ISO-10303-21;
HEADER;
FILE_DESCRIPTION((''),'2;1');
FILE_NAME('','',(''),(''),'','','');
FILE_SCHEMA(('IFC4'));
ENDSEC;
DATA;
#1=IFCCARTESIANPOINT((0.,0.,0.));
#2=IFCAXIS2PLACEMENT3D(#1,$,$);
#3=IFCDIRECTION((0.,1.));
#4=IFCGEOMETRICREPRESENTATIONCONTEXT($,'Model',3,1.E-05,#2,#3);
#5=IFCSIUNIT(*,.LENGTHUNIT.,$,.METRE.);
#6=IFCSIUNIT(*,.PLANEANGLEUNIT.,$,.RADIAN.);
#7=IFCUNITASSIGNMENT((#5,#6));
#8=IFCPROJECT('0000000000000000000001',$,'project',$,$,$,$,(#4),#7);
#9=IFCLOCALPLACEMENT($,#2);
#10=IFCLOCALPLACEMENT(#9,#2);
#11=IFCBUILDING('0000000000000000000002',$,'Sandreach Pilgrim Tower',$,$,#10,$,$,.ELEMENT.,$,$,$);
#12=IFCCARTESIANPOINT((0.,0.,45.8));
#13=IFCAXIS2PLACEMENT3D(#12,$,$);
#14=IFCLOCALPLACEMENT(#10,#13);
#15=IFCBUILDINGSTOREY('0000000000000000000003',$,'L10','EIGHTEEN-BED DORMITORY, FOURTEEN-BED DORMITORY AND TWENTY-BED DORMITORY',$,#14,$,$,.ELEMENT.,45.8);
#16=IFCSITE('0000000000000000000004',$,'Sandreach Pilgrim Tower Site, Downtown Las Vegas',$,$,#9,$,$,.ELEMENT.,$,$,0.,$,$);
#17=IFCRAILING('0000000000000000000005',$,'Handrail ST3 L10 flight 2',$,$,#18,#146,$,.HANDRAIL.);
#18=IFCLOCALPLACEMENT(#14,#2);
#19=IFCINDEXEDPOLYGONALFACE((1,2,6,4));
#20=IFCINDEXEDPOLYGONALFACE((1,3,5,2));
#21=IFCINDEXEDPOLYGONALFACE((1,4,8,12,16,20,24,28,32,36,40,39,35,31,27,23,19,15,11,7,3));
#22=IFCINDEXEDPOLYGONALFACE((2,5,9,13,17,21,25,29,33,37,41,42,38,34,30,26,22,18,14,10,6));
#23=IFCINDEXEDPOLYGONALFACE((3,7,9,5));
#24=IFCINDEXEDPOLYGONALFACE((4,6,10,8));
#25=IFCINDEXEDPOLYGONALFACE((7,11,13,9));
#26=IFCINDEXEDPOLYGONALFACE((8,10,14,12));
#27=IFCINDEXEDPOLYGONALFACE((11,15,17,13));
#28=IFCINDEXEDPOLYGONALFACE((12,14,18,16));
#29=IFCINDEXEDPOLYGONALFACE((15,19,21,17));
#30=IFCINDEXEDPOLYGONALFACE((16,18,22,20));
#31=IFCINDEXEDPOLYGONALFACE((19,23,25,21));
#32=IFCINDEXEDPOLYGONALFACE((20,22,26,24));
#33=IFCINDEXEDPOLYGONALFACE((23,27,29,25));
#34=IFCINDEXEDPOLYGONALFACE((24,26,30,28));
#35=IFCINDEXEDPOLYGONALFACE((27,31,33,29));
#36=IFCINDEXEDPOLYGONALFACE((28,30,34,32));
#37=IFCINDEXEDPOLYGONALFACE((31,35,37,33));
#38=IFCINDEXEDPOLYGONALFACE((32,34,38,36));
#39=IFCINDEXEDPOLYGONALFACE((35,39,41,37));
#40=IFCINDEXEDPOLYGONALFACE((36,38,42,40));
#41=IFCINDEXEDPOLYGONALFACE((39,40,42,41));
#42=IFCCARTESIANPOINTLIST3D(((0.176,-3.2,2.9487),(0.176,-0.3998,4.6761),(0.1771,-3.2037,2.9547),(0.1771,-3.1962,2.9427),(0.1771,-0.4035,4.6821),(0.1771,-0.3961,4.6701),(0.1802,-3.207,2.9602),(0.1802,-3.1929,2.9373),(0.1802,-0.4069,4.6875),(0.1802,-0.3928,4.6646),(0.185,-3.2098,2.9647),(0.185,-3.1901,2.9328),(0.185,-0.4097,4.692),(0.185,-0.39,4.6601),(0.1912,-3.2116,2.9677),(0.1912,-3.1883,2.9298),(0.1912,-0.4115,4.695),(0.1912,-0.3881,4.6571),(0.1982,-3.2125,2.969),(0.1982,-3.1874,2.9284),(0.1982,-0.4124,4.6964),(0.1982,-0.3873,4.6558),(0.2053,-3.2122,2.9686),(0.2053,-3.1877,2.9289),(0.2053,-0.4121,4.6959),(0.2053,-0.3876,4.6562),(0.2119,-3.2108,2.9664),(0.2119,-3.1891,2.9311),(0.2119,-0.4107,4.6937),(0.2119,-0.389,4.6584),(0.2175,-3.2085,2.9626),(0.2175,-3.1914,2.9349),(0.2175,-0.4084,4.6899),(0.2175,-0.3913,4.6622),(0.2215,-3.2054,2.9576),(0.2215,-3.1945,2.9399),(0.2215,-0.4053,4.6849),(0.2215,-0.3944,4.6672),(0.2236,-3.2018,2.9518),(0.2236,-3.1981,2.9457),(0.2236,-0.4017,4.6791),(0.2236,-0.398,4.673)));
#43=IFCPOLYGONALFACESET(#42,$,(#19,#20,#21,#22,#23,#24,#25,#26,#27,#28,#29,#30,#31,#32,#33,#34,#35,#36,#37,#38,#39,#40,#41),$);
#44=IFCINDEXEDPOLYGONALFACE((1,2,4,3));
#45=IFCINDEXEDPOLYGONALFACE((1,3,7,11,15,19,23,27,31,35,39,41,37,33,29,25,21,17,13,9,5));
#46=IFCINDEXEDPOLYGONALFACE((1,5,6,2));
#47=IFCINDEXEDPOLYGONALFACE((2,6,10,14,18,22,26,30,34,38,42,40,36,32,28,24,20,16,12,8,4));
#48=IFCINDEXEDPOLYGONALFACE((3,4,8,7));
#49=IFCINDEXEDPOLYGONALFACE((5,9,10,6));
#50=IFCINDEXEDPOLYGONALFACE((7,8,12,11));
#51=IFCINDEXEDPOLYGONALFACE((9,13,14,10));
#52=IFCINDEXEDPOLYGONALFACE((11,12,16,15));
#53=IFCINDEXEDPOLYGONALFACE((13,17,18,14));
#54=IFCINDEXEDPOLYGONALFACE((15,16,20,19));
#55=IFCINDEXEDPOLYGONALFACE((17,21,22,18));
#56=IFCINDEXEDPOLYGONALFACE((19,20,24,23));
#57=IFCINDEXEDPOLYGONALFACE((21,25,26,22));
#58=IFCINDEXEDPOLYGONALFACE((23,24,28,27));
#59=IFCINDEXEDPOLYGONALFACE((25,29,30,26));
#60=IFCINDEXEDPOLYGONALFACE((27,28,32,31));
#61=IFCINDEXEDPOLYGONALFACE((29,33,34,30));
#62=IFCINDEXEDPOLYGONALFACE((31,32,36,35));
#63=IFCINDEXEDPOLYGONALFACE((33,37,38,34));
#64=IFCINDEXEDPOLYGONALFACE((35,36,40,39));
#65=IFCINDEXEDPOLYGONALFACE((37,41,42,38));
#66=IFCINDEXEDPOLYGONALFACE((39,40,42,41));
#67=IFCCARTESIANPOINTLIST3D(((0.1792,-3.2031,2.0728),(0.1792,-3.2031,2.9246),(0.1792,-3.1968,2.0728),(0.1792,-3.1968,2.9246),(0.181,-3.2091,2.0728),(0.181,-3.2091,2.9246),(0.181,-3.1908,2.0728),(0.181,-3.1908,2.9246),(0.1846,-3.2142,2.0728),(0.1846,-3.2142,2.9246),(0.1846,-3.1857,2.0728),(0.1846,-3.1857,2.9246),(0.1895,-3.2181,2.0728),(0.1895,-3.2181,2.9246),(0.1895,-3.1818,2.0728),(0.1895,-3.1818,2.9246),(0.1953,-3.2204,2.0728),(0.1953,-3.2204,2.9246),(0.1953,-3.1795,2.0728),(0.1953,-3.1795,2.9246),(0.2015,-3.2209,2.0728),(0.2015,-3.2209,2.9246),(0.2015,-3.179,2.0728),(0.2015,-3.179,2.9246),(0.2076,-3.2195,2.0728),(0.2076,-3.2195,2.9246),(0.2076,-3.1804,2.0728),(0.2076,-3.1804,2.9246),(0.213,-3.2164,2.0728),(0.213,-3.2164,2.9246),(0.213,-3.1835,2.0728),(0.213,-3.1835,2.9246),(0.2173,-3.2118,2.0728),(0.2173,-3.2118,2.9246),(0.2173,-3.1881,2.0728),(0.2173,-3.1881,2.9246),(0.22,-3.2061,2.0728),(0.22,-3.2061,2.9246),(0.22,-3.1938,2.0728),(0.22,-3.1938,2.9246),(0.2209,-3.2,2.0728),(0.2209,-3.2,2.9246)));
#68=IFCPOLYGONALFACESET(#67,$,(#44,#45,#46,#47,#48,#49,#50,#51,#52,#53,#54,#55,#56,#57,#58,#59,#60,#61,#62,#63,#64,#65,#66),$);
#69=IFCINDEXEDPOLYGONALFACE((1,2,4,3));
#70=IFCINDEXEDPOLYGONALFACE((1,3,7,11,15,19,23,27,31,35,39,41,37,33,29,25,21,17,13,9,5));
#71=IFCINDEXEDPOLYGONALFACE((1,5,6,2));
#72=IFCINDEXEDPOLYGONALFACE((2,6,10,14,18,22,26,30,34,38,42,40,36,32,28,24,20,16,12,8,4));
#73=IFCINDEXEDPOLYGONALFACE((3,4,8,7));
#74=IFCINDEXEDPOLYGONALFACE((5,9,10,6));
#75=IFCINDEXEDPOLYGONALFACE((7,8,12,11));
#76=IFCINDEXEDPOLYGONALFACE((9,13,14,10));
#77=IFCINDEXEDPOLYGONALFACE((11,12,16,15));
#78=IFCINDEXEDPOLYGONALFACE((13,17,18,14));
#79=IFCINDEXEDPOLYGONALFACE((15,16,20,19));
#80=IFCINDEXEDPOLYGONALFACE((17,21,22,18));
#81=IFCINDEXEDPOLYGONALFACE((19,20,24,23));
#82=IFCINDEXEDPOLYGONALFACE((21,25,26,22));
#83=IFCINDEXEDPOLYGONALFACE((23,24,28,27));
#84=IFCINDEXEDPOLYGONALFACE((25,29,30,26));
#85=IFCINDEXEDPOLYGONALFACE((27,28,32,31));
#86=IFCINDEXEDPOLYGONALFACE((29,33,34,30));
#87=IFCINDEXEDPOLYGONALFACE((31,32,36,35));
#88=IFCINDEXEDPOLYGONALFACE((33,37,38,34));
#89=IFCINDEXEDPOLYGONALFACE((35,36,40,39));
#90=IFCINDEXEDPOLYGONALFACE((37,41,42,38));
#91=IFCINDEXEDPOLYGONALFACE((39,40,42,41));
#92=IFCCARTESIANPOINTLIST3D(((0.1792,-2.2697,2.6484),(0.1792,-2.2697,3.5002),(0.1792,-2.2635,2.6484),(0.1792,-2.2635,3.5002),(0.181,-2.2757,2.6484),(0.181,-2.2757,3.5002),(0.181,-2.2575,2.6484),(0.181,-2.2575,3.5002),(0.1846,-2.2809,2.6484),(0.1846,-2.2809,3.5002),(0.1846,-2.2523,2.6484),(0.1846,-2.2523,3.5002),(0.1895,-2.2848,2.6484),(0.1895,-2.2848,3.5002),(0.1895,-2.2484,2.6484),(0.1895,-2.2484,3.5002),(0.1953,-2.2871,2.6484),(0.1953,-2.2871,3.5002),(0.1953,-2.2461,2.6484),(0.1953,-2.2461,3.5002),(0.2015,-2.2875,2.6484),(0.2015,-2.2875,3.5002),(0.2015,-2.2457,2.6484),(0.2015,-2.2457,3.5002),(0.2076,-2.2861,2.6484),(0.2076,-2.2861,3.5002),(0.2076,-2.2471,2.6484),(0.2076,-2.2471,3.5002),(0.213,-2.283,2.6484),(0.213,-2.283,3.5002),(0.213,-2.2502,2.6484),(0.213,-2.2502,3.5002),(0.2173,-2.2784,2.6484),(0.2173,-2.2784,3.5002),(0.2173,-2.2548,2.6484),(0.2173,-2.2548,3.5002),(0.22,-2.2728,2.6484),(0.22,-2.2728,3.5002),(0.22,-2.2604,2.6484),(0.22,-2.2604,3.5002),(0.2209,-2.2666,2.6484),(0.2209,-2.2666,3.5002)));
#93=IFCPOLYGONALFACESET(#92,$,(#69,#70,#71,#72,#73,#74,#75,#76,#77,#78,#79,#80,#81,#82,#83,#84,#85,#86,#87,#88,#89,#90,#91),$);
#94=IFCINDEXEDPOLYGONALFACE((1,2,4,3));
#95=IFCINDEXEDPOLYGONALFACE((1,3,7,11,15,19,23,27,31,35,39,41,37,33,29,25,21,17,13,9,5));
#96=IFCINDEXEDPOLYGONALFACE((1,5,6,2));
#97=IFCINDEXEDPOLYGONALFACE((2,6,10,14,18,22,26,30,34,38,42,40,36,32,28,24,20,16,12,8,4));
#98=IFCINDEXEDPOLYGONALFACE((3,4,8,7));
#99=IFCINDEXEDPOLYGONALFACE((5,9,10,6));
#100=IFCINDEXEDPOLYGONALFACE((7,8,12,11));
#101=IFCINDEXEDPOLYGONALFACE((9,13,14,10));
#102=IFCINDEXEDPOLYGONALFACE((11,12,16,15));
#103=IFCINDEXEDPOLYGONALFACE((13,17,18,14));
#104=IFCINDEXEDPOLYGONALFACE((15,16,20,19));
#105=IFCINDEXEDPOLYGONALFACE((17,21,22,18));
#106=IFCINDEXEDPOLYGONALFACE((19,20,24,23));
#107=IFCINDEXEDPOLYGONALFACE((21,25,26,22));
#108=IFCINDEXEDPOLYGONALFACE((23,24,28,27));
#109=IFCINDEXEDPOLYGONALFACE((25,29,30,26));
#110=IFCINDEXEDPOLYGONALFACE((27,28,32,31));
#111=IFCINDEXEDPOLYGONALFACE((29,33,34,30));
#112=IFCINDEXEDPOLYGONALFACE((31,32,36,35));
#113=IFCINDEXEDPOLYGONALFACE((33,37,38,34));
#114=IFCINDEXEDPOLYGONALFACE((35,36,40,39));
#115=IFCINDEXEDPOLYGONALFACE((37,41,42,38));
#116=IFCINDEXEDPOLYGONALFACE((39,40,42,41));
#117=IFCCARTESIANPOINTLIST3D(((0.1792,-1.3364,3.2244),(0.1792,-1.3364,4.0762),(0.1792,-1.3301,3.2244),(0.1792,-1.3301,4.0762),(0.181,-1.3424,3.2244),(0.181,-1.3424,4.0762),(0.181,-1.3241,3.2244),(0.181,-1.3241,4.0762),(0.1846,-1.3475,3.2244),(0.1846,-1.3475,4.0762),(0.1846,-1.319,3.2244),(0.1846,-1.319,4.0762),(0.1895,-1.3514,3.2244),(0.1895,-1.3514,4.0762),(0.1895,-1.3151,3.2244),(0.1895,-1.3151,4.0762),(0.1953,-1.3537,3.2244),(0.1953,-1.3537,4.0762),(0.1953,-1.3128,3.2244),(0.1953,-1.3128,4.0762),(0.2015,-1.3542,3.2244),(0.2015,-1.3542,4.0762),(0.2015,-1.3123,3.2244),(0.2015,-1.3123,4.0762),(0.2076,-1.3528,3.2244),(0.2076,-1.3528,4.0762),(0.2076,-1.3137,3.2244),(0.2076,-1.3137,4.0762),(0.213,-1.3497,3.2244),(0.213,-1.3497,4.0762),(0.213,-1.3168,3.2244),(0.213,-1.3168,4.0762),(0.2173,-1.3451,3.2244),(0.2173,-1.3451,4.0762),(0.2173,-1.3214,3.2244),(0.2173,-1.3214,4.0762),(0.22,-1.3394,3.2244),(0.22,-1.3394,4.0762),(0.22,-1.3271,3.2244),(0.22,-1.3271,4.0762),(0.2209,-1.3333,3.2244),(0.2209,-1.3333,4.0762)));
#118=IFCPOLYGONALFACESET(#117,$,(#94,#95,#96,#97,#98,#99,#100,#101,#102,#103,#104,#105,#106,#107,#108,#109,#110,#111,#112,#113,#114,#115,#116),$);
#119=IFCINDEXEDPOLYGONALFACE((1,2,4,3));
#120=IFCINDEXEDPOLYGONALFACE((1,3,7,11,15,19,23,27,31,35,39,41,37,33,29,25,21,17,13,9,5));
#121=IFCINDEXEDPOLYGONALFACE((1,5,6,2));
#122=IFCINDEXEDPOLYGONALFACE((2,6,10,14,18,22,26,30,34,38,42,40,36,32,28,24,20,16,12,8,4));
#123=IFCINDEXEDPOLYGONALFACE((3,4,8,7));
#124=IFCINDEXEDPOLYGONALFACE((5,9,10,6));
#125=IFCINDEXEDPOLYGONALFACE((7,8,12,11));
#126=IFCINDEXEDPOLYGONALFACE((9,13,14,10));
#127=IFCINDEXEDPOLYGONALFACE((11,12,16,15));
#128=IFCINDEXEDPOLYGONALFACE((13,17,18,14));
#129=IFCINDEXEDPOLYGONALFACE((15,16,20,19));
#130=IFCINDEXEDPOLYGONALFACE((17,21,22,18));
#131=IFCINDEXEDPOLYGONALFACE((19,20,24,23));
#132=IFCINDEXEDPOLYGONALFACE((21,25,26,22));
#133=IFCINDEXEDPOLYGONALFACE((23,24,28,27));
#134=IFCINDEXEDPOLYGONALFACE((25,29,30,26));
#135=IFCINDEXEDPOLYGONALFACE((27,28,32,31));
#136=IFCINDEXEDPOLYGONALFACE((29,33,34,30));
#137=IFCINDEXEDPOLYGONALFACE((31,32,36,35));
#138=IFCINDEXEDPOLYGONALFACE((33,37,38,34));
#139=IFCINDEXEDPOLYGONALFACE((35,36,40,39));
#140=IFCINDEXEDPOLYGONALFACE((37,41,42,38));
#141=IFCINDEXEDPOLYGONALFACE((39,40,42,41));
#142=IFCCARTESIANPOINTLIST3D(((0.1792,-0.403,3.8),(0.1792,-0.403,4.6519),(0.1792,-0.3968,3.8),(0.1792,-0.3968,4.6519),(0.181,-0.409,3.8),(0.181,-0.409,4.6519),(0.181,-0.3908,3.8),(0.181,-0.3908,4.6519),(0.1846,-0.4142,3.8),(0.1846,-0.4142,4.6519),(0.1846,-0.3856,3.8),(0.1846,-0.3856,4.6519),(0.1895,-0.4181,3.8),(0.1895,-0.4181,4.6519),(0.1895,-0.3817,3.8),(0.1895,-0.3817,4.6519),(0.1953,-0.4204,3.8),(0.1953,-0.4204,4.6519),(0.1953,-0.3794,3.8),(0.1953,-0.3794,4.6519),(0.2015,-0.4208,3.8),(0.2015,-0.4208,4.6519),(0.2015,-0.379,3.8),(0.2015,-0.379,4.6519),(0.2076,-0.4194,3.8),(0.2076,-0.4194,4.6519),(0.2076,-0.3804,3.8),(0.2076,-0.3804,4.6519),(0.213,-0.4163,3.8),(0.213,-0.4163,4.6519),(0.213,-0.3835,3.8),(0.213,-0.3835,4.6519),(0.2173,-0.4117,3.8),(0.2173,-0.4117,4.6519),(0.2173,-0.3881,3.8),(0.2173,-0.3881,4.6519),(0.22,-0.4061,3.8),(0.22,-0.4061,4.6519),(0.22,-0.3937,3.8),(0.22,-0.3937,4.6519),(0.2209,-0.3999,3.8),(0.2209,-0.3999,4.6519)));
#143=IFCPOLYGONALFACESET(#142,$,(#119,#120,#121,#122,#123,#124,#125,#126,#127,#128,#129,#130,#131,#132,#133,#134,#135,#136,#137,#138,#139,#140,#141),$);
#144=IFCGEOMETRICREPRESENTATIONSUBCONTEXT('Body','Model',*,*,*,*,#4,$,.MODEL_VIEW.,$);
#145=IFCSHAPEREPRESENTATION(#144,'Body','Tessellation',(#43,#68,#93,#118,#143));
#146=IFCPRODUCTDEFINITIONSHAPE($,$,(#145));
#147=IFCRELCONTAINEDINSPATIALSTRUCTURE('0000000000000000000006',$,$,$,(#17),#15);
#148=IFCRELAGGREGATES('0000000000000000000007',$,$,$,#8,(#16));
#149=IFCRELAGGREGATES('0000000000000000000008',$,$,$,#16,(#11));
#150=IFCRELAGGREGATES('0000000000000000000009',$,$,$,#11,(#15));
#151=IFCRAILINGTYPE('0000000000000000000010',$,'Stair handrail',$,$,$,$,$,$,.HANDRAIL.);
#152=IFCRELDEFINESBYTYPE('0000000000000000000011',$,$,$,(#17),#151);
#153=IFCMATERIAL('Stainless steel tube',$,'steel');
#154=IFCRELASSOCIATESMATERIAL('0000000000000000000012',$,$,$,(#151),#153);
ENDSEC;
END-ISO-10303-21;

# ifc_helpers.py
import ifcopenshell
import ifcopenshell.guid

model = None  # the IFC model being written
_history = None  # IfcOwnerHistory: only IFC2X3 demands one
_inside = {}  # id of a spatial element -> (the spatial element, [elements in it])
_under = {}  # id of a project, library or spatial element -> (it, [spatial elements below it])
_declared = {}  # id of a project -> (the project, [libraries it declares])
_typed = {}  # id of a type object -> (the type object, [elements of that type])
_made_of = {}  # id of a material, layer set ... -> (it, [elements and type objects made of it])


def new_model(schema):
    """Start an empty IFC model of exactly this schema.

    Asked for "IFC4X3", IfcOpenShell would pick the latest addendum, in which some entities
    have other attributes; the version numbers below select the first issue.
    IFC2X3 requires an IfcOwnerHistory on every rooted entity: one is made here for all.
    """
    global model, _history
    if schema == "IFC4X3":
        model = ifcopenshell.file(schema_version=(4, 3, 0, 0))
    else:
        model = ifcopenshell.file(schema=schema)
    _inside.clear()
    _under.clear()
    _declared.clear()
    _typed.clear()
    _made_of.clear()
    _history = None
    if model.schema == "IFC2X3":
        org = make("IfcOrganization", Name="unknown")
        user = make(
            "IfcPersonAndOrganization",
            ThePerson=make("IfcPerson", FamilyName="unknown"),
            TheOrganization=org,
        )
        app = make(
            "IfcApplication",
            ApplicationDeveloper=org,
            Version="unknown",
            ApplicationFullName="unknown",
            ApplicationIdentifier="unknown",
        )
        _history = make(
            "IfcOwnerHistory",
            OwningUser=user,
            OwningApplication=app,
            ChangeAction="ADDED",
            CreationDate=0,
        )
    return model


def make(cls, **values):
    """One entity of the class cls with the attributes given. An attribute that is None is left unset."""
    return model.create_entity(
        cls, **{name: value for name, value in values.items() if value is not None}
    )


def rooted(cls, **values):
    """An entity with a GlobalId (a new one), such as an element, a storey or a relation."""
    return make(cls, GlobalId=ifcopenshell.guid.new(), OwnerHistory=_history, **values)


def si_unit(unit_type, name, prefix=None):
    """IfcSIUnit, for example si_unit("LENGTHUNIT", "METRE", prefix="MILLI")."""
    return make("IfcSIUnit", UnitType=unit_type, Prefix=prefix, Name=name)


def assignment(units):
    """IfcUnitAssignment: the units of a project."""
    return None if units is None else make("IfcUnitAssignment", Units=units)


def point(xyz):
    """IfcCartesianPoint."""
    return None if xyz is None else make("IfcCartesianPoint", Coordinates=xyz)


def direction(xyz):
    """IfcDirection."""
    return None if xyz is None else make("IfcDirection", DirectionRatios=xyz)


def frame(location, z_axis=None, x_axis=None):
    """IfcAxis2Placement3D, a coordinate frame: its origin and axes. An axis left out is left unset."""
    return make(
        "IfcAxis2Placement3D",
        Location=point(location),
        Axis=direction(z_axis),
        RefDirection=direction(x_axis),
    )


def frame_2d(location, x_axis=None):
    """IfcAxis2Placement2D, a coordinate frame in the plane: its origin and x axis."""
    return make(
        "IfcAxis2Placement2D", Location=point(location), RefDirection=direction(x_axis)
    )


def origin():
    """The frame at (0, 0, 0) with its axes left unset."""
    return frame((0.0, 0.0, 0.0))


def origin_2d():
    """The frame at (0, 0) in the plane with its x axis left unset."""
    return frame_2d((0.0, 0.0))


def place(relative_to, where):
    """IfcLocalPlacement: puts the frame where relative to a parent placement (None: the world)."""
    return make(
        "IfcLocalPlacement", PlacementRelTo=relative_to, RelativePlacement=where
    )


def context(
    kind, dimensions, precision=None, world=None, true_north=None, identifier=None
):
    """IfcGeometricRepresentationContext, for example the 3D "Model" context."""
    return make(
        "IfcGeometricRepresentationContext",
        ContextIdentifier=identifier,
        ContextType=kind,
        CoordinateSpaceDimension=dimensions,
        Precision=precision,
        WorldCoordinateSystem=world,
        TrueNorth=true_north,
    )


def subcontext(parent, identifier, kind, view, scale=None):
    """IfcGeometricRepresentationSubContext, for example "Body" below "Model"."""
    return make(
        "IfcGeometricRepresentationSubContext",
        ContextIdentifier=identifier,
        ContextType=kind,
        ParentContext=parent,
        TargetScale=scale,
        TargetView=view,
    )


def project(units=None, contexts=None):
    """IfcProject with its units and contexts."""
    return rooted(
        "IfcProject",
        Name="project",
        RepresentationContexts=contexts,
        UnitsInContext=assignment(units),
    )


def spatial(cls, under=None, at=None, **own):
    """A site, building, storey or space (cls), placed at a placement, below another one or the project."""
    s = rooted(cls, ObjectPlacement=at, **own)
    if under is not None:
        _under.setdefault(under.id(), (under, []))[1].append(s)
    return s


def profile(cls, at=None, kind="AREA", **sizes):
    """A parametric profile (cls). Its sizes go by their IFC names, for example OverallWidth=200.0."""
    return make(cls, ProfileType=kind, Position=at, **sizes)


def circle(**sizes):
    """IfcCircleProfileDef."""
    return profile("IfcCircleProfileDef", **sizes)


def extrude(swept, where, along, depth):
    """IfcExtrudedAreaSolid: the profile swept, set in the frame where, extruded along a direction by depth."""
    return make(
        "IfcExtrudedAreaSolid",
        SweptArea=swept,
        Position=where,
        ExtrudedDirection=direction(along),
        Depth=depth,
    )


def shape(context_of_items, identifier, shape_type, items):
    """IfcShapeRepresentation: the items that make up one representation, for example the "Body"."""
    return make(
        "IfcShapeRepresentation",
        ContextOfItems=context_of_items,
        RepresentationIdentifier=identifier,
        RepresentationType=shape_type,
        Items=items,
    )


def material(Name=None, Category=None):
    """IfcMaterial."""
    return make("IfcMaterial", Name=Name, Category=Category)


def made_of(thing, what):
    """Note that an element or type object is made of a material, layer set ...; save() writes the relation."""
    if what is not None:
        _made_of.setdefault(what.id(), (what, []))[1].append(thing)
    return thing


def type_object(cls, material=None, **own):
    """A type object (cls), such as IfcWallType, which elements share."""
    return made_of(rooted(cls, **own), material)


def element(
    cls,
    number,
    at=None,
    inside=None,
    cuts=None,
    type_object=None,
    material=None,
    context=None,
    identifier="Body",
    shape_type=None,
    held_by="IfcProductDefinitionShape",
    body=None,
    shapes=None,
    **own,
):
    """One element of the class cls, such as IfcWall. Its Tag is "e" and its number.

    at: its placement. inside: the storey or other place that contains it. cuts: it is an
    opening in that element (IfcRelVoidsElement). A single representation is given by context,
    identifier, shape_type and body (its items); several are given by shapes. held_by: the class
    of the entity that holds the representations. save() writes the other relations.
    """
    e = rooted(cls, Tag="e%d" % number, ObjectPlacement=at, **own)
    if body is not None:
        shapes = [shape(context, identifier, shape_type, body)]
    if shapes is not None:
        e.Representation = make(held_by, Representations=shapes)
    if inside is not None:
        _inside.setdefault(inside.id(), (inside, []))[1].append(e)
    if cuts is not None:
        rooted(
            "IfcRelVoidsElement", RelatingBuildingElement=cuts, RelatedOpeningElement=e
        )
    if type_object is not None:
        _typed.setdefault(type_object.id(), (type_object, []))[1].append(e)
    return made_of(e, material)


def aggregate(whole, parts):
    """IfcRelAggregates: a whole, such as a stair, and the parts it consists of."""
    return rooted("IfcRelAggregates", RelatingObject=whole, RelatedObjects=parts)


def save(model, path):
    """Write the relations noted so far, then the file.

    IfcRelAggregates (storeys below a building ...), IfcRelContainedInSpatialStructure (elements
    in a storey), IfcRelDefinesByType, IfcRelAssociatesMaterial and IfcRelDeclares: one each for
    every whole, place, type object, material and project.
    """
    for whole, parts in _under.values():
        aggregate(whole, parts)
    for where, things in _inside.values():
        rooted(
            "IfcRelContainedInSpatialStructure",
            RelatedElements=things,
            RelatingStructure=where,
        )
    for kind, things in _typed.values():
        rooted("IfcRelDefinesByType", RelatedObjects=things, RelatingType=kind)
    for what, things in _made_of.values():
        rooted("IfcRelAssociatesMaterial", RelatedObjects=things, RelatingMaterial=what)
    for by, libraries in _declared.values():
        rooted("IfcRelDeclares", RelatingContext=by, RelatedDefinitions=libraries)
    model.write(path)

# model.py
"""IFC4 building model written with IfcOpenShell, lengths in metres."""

from ifc_helpers import new_model, si_unit, direction, frame, origin, origin_2d, place, context, subcontext, project, spatial, circle, extrude, material, type_object, element, save


model = new_model("IFC4")

# Units and contexts
model_context = context("Model", 3, precision=1e-05, world=origin(), true_north=direction((0.0, 1.0)))
body_context = subcontext(model_context, "Body", "Model", "MODEL_VIEW")
ifc_project = project(units=[si_unit("LENGTHUNIT", "METRE"), si_unit("PLANEANGLEUNIT", "RADIAN")], contexts=[model_context])

# Site, building, storey
site_placement = place(None, origin())
site = spatial("IfcSite", under=ifc_project, at=site_placement, Name="Sandreach Pilgrim Tower Site, Downtown Las Vegas", CompositionType="ELEMENT", RefElevation=0.0)
building_placement = place(site_placement, origin())
building = spatial("IfcBuilding", under=site, at=building_placement, Name="Sandreach Pilgrim Tower", CompositionType="ELEMENT")
storey_placement = place(building_placement, frame((0.0, 0.0, 45.8)))
storey = spatial("IfcBuildingStorey", under=building, at=storey_placement, Name="L10", Description="EIGHTEEN-BED DORMITORY, FOURTEEN-BED DORMITORY AND TWENTY-BED DORMITORY", CompositionType="ELEMENT", Elevation=45.8)

# Railing
ifc_material_1 = material(Name="Stainless steel tube", Category="steel")
railing_type = type_object("IfcRailingType", Name="Stair handrail", PredefinedType="HANDRAIL", material=ifc_material_1)
railing_placement = place(storey_placement, frame((0.2, -3.2, 2.0728)))
element("IfcRailing", 1, at=railing_placement, inside=storey, type_object=railing_type, Name="Handrail ST3 L10 flight 2", PredefinedType="HANDRAIL", context=body_context, shape_type="SweptSolid", body=[
    extrude(circle(Radius=0.0239, at=origin_2d()), frame((0.0, 0.0, 0.876), z_axis=(0.0, 0.85109, 0.52502), x_axis=(-1.0, 0.0, 0.0)), (0.0, 0.0, 1.0), 3.29),
    extrude(circle(Radius=0.021, at=origin_2d()), origin(), (0.0, 0.0, 1.0), 0.8518),
    extrude(circle(Radius=0.021, at=origin_2d()), frame((0.0, 0.9333, 0.5757)), (0.0, 0.0, 1.0), 0.8518),
    extrude(circle(Radius=0.021, at=origin_2d()), frame((0.0, 1.8667, 1.1516)), (0.0, 0.0, 1.0), 0.8518),
    extrude(circle(Radius=0.021, at=origin_2d()), frame((0.0, 2.8, 1.7273)), (0.0, 0.0, 1.0), 0.8518),
])

save(model, "model.ifc")
